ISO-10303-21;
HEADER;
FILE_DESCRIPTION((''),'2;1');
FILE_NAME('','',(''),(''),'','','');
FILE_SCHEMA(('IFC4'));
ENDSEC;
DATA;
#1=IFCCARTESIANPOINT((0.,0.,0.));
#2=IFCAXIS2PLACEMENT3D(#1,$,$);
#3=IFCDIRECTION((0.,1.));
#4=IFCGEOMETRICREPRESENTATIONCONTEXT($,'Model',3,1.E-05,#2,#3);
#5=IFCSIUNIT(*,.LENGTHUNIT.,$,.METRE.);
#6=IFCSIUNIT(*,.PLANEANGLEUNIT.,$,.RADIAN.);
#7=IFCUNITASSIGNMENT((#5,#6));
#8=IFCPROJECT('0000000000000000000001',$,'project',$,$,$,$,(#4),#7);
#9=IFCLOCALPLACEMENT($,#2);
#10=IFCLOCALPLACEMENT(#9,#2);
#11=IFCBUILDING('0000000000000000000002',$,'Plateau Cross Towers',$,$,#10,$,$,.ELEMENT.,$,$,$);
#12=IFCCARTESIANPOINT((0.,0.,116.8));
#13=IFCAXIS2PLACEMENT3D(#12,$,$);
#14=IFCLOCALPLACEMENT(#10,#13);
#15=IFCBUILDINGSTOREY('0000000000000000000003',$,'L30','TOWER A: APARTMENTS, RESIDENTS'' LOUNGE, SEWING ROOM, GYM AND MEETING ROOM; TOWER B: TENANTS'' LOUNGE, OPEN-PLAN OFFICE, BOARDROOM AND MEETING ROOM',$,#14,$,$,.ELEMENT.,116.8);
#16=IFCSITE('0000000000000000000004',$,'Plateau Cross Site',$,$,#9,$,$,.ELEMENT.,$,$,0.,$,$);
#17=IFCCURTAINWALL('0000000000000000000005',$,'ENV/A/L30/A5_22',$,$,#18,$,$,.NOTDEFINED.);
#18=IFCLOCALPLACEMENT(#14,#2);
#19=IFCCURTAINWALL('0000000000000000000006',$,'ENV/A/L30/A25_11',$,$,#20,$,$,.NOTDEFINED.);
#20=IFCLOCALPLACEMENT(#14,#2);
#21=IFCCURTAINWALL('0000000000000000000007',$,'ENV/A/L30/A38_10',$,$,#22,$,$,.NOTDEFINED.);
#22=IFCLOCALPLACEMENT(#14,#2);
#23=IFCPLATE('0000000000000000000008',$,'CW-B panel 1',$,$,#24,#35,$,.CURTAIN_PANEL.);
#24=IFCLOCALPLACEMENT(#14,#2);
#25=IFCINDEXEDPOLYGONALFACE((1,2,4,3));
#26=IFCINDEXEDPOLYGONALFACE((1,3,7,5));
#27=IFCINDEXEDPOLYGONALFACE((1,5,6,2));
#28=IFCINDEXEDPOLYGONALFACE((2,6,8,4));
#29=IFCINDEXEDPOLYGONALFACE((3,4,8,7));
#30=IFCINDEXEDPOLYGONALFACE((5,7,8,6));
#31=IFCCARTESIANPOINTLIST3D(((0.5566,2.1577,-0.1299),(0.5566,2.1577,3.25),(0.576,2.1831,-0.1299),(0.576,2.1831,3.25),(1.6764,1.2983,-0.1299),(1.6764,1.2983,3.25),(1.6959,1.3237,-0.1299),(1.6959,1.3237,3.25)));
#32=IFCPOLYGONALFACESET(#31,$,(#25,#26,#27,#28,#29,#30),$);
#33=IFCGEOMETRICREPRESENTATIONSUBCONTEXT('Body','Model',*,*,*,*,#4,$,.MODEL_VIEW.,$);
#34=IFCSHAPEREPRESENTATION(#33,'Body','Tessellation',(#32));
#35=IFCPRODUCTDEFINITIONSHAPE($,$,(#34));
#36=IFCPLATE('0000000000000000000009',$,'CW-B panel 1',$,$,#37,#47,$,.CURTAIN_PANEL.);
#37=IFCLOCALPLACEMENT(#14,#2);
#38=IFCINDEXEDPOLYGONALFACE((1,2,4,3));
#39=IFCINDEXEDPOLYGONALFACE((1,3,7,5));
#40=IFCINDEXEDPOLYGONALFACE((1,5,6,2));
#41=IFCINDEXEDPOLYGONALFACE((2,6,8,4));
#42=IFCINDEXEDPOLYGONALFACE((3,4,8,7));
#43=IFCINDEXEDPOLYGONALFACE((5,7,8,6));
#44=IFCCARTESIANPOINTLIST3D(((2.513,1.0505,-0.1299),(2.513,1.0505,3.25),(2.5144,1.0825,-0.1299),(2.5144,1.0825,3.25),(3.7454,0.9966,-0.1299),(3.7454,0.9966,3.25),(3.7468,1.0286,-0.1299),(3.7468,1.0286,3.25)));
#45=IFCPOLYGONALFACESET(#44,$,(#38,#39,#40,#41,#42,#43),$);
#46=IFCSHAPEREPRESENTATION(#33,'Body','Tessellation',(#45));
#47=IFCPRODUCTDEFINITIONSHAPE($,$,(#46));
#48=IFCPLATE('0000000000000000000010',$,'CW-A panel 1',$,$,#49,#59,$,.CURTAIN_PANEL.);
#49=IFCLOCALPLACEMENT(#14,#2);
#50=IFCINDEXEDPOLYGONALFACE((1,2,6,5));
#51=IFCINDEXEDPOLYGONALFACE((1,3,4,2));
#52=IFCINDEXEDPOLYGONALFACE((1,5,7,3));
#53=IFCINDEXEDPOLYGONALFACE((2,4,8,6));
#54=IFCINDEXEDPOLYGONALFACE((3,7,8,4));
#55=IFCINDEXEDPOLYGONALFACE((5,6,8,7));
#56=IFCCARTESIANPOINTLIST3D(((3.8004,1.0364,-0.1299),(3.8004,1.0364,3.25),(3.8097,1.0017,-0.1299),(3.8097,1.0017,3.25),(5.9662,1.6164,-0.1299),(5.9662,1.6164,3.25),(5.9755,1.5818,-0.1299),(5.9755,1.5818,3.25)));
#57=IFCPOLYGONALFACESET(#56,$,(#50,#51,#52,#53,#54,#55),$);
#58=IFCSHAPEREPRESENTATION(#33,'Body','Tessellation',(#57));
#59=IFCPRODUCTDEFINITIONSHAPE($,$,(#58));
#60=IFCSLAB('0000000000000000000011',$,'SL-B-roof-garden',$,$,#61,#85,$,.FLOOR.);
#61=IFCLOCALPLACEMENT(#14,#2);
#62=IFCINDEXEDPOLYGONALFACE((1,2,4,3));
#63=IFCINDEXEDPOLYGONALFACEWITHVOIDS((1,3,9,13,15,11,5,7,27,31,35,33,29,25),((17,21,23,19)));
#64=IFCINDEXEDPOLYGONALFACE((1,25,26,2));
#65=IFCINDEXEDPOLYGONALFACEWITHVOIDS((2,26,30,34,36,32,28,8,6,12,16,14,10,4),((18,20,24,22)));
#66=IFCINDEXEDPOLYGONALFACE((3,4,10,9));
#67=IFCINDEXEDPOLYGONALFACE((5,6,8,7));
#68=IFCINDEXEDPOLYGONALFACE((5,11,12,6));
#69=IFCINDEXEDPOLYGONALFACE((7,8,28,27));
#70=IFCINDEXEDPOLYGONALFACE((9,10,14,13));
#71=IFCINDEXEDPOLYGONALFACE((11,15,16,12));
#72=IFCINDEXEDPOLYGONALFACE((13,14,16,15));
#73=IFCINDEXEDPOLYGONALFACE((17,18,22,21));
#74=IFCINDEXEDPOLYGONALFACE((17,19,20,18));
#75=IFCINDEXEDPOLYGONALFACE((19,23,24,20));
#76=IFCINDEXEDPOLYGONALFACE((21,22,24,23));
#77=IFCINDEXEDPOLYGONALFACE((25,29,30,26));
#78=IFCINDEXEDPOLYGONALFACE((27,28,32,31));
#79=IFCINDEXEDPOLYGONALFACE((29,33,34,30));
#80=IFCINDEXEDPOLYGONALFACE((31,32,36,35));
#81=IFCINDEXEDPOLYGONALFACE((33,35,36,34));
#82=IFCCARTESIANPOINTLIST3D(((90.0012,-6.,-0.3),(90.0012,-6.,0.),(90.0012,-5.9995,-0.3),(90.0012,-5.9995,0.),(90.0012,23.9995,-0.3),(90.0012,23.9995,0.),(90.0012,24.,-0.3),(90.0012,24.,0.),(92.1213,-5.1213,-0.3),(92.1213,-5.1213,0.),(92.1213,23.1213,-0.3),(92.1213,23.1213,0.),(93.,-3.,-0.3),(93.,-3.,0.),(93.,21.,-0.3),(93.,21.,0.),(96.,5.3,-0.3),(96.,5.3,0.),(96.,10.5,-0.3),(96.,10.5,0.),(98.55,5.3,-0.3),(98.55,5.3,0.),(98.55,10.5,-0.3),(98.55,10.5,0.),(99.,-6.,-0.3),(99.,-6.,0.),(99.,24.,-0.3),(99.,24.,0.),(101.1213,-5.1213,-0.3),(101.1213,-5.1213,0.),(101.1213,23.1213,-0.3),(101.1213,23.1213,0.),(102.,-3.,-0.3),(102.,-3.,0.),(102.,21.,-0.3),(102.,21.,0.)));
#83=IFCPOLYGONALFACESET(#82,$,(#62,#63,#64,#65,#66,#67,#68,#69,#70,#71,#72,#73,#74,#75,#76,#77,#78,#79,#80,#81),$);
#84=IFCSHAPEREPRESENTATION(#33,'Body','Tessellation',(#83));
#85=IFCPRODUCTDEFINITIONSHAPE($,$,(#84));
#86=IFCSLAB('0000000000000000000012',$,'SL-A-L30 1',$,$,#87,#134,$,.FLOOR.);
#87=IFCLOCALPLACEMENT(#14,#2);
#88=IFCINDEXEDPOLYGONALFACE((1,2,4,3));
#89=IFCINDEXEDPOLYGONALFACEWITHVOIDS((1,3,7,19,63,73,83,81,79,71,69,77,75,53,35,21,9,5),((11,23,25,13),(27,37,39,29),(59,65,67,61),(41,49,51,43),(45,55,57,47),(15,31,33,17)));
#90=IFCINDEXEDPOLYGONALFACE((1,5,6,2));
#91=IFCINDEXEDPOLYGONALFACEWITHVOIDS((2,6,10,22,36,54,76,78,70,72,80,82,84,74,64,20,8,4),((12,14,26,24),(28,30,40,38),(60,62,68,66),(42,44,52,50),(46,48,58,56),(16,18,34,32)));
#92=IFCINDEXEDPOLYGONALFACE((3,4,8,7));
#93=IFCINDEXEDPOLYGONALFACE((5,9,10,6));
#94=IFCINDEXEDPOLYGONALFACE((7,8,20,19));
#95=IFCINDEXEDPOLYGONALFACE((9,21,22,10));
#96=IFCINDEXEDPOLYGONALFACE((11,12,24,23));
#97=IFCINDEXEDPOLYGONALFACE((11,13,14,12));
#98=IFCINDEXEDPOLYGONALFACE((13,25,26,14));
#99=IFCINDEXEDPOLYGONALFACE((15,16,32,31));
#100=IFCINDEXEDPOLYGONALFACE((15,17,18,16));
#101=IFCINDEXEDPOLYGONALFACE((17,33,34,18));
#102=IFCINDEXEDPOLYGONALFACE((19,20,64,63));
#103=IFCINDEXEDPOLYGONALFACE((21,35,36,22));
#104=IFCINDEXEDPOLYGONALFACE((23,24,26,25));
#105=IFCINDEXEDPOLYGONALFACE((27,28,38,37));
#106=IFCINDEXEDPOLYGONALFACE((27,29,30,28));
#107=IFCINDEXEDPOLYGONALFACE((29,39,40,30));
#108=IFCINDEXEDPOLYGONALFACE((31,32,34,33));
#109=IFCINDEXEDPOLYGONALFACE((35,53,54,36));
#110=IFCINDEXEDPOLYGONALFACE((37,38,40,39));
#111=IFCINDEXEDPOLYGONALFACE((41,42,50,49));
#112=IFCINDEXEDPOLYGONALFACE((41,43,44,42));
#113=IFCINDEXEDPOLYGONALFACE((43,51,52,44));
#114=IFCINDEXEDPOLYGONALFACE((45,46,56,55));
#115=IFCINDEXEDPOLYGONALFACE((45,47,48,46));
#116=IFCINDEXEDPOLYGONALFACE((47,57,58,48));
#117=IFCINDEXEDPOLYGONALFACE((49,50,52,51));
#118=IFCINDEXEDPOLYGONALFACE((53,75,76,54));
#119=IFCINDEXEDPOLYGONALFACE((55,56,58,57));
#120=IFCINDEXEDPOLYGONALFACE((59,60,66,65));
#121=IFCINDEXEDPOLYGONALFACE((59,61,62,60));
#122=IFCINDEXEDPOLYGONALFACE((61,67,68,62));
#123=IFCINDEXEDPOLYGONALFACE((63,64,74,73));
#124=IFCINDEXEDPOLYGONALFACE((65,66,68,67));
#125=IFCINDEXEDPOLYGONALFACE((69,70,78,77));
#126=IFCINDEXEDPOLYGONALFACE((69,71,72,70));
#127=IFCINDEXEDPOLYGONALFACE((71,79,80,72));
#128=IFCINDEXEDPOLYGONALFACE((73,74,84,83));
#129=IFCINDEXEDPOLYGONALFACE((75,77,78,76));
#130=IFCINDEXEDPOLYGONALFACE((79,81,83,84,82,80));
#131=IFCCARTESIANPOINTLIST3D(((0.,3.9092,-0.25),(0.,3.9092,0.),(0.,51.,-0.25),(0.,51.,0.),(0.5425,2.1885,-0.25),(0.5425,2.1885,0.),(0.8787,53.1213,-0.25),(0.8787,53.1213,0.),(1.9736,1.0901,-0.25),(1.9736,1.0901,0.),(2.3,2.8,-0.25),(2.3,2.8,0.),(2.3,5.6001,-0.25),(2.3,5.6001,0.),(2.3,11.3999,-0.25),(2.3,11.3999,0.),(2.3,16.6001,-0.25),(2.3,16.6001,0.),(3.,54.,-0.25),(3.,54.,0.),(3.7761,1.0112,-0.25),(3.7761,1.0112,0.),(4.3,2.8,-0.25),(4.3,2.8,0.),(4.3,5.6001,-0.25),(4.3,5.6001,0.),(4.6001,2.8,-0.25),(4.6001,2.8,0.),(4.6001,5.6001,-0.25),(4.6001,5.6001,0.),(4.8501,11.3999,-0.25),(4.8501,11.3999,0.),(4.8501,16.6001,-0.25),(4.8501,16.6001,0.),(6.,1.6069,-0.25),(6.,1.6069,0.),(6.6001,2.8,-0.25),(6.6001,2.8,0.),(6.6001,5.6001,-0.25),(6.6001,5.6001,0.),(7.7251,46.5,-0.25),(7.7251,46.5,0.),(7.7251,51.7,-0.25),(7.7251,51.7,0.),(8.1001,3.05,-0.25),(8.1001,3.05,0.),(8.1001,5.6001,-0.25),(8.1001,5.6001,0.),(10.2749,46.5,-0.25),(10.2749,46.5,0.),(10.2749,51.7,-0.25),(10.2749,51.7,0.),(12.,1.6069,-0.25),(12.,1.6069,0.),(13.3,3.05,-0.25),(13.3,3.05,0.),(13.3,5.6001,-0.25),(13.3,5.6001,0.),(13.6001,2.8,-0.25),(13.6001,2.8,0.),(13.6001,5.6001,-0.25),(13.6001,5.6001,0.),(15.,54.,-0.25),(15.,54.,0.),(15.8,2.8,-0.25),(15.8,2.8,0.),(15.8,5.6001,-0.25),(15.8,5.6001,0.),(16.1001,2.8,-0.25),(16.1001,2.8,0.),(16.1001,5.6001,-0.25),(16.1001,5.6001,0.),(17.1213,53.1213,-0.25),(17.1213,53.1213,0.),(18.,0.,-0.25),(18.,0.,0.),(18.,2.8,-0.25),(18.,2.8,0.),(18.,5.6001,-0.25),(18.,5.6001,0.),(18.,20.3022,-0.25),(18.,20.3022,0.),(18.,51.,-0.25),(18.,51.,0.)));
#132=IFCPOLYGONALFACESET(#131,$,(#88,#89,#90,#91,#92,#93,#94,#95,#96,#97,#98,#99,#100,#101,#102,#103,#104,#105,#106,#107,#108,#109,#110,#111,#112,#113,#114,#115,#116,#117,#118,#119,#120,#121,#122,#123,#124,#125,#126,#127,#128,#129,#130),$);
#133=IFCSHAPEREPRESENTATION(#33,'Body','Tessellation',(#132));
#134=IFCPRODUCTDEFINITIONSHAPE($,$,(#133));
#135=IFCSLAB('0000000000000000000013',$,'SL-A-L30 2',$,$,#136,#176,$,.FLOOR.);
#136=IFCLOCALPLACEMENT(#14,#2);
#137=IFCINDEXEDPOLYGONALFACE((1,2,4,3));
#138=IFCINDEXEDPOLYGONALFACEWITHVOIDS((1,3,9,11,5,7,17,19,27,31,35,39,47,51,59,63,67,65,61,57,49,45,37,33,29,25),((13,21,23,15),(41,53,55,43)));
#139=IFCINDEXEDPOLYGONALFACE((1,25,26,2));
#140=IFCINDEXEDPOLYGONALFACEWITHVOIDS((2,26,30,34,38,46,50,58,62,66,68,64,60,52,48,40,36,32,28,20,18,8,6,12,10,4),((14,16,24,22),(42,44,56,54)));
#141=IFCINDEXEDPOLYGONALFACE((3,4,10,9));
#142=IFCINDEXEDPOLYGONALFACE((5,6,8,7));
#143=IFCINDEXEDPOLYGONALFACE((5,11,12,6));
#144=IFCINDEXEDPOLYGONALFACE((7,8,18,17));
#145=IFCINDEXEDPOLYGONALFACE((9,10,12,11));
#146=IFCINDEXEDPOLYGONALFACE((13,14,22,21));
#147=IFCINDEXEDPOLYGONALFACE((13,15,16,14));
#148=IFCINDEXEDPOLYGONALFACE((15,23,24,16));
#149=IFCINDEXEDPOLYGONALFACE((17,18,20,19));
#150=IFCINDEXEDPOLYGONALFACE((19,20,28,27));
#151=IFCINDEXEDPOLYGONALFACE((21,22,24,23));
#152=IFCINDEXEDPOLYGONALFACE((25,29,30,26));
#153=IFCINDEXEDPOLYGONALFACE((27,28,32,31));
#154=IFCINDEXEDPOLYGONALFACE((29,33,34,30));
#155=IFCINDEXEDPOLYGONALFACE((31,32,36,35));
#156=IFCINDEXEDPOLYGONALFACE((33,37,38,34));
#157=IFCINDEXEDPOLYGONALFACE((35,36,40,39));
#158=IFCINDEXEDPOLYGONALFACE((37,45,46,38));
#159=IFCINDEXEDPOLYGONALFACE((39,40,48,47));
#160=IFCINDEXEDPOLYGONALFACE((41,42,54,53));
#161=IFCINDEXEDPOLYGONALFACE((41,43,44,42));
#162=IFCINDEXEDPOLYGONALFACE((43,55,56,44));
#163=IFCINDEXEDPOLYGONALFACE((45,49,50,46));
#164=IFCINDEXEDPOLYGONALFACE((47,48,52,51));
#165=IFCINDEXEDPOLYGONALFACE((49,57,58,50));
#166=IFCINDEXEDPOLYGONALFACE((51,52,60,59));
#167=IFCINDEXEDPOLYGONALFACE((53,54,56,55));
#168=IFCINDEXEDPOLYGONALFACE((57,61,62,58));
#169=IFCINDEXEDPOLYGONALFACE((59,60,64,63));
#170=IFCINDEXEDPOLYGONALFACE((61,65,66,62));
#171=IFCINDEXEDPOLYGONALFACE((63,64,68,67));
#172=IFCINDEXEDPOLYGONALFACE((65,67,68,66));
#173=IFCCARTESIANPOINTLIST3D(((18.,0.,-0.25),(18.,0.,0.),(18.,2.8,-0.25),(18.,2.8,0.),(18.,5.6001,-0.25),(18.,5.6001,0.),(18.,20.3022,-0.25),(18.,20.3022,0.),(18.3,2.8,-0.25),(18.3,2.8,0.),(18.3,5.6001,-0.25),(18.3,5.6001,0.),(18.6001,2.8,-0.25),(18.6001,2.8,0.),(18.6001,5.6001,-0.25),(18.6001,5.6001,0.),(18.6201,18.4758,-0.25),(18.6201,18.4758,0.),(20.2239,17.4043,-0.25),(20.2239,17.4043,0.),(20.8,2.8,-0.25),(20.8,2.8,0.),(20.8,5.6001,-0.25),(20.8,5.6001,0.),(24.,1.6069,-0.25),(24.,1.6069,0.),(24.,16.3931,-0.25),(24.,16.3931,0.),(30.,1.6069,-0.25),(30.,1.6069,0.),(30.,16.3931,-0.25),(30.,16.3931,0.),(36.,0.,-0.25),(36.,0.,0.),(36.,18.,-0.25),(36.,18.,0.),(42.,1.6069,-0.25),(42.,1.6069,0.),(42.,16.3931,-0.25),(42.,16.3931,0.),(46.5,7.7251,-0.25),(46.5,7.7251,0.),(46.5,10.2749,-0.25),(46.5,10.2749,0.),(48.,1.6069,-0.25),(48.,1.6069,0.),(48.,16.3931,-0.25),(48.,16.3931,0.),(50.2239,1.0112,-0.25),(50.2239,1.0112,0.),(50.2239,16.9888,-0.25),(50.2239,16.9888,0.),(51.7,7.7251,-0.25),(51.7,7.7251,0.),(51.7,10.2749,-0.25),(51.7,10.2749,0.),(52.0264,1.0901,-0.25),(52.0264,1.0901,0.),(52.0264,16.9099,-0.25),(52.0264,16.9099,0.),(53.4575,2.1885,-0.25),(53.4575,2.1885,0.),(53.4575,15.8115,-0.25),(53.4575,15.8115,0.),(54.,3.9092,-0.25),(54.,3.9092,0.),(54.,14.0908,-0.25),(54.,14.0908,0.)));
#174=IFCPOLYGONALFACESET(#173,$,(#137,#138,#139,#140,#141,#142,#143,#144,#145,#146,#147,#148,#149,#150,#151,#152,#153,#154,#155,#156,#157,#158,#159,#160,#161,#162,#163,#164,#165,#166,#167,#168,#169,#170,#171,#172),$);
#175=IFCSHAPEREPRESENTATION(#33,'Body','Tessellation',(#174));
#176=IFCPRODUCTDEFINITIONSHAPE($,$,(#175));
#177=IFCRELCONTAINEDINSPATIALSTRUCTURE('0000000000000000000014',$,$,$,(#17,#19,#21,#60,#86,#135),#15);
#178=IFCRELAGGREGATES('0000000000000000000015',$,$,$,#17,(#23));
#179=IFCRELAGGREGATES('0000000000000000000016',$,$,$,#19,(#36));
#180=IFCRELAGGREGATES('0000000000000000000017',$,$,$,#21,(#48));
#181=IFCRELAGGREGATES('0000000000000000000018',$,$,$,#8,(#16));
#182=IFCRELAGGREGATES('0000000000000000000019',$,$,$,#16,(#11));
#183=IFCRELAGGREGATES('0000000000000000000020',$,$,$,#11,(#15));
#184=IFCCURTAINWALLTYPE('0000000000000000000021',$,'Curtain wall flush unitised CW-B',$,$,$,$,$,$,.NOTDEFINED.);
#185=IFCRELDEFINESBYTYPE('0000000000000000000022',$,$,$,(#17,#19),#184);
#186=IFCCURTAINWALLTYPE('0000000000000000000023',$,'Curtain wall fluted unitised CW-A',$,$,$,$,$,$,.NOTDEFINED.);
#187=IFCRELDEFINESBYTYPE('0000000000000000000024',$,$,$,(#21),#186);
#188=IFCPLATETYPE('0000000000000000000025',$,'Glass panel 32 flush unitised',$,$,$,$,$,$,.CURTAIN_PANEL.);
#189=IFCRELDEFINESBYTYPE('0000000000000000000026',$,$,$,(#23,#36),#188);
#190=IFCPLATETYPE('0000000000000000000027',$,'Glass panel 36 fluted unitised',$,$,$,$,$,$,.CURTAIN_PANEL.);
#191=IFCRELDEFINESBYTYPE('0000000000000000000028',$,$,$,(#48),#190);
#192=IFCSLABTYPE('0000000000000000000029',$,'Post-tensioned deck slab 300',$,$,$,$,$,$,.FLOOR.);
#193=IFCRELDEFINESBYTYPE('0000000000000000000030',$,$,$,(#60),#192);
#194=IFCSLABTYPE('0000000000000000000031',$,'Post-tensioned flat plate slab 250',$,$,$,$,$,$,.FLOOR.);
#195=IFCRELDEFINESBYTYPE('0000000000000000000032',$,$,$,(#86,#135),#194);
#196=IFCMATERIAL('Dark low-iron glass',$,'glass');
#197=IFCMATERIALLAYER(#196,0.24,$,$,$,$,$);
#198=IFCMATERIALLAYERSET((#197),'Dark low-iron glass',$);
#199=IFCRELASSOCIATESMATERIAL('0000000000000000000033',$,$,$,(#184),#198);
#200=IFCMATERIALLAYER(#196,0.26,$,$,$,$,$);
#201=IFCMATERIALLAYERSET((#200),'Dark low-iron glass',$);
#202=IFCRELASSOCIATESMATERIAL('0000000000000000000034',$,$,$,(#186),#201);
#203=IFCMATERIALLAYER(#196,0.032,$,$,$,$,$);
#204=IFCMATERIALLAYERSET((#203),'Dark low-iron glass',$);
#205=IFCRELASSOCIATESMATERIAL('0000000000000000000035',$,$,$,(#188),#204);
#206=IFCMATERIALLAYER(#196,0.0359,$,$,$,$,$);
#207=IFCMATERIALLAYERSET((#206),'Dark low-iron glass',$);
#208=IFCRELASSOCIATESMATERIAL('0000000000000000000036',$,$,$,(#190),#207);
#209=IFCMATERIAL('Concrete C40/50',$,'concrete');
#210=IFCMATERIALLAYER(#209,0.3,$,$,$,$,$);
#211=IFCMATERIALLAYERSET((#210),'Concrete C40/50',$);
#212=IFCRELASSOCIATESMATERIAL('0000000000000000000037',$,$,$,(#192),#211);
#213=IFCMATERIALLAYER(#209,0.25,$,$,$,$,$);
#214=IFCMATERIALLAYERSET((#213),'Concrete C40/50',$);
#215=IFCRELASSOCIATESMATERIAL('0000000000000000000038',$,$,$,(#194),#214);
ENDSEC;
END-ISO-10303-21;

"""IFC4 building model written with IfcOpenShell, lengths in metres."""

from ifc_helpers import new_model, si_unit, direction, frame, origin, origin_2d, place, context, subcontext, project, spatial, polyline, rectangle, outline, extrude, material, layer, layer_set, type_object, element, aggregate, save


model = new_model("IFC4")

# Units and contexts
model_context = context("Model", 3, precision=1e-05, world=origin(), true_north=direction((0.0, 1.0)))
body_context = subcontext(model_context, "Body", "Model", "MODEL_VIEW")
ifc_project = project(units=[si_unit("LENGTHUNIT", "METRE"), si_unit("PLANEANGLEUNIT", "RADIAN")], contexts=[model_context])

# Site, building, storey
site_placement = place(None, origin())
site = spatial("IfcSite", under=ifc_project, at=site_placement, Name="Plateau Cross Site", CompositionType="ELEMENT", RefElevation=0.0)
building_placement = place(site_placement, origin())
building = spatial("IfcBuilding", under=site, at=building_placement, Name="Plateau Cross Towers", CompositionType="ELEMENT")
storey_placement = place(building_placement, frame((0.0, 0.0, 116.8)))
storey = spatial("IfcBuildingStorey", under=building, at=storey_placement, Name="L30", Description="TOWER A: APARTMENTS, RESIDENTS' LOUNGE, SEWING ROOM, GYM AND MEETING ROOM; TOWER B: TENANTS' LOUNGE, OPEN-PLAN OFFICE, BOARDROOM AND MEETING ROOM", CompositionType="ELEMENT", Elevation=116.8)

# Curtain wall
ifc_material_1 = material(Name="Dark low-iron glass", Category="glass")
ifc_layer_1 = layer(ifc_material_1, 0.24)
ifc_layer_set_1 = layer_set([ifc_layer_1], Name="Dark low-iron glass")
curtain_wall_type_1 = type_object("IfcCurtainWallType", Name="Curtain wall flush unitised CW-B", PredefinedType="NOTDEFINED", material=ifc_layer_set_1)
curtain_wall_1_placement = place(storey_placement, origin())
curtain_wall_1 = element("IfcCurtainWall", 1, at=curtain_wall_1_placement, inside=storey, type_object=curtain_wall_type_1, Name="ENV/A/L30/A5_22", PredefinedType="NOTDEFINED")

# Curtain walls
curtain_wall_2_placement = place(storey_placement, origin())
curtain_wall_2 = element("IfcCurtainWall", 2, at=curtain_wall_2_placement, inside=storey, type_object=curtain_wall_type_1, Name="ENV/A/L30/A25_11", PredefinedType="NOTDEFINED")
ifc_layer_2 = layer(ifc_material_1, 0.26)
ifc_layer_set_2 = layer_set([ifc_layer_2], Name="Dark low-iron glass")
curtain_wall_type_2 = type_object("IfcCurtainWallType", Name="Curtain wall fluted unitised CW-A", PredefinedType="NOTDEFINED", material=ifc_layer_set_2)
curtain_wall_3_placement = place(storey_placement, origin())
curtain_wall_3 = element("IfcCurtainWall", 3, at=curtain_wall_3_placement, inside=storey, type_object=curtain_wall_type_2, Name="ENV/A/L30/A38_10", PredefinedType="NOTDEFINED")

# Shared definitions
ifc_material_2 = material(Name="Concrete C40/50", Category="concrete")

# Plates
ifc_layer_3 = layer(ifc_material_1, 0.032)
ifc_layer_set_3 = layer_set([ifc_layer_3], Name="Dark low-iron glass")
plate_type_1 = type_object("IfcPlateType", Name="Glass panel 32 flush unitised", PredefinedType="CURTAIN_PANEL", material=ifc_layer_set_3)
plate_1_placement = place(storey_placement, frame((1.1262, 1.7407, -0.1299), z_axis=(0.0, 0.0, 1.0), x_axis=(0.793316, -0.608811, 0.0)))
plate_1 = element("IfcPlate", 4, at=plate_1_placement, type_object=plate_type_1, Name="CW-B panel 1", PredefinedType="CURTAIN_PANEL", context=body_context, shape_type="SweptSolid", body=[
    extrude(rectangle(XDim=1.4116, YDim=0.032, at=origin_2d()), origin(), (0.0, 0.0, 1.0), 3.3799),
])
aggregate(curtain_wall_1, [plate_1])
plate_2_placement = place(storey_placement, frame((3.1299, 1.0396, -0.1299), z_axis=(0.0, 0.0, 1.0), x_axis=(0.999044, -0.043723, 0.0)))
plate_2 = element("IfcPlate", 5, at=plate_2_placement, type_object=plate_type_1, Name="CW-B panel 1", PredefinedType="CURTAIN_PANEL", context=body_context, shape_type="SweptSolid", body=[
    extrude(rectangle(XDim=1.2336, YDim=0.032, at=origin_2d()), origin(), (0.0, 0.0, 1.0), 3.3799),
])
aggregate(curtain_wall_2, [plate_2])
ifc_layer_4 = layer(ifc_material_1, 0.0359)
ifc_layer_set_4 = layer_set([ifc_layer_4], Name="Dark low-iron glass")
plate_type_2 = type_object("IfcPlateType", Name="Glass panel 36 fluted unitised", PredefinedType="CURTAIN_PANEL", material=ifc_layer_set_4)
plate_3_placement = place(storey_placement, frame((4.8879, 1.3091, -0.1299), z_axis=(0.0, 0.0, 1.0), x_axis=(0.965958, 0.258699, 0.0)))
plate_3 = element("IfcPlate", 6, at=plate_3_placement, type_object=plate_type_2, Name="CW-A panel 1", PredefinedType="CURTAIN_PANEL", context=body_context, shape_type="SweptSolid", body=[
    extrude(rectangle(XDim=2.2422, YDim=0.0359, at=origin_2d()), origin(), (0.0, 0.0, 1.0), 3.3799),
])
aggregate(curtain_wall_3, [plate_3])

# Slabs
ifc_layer_5 = layer(ifc_material_2, 0.3)
ifc_layer_set_5 = layer_set([ifc_layer_5], Name="Concrete C40/50")
slab_type_1 = type_object("IfcSlabType", Name="Post-tensioned deck slab 300", PredefinedType="FLOOR", material=ifc_layer_set_5)
slab_1_placement = place(storey_placement, frame((0.0, 0.0, -0.3)))
element("IfcSlab", 7, at=slab_1_placement, inside=storey, type_object=slab_type_1, Name="SL-B-roof-garden", PredefinedType="FLOOR", context=body_context, shape_type="SweptSolid", body=[
    extrude(outline(polyline([(102.0, 21.0), (102.0, -3.0), (101.1213, -5.1213), (99.0, -6.0), (90.0012, -6.0), (90.0012, -5.9995), (92.1213, -5.1213), (93.0, -3.0), (93.0, 21.0), (92.1213, 23.1213), (90.0012, 23.9995), (90.0012, 24.0), (99.0, 24.0), (101.1213, 23.1213), (102.0, 21.0)]), holes=[polyline([(96.0, 5.3), (98.55, 5.3), (98.55, 10.5), (96.0, 10.5), (96.0, 5.3)])]), origin(), (0.0, 0.0, 1.0), 0.3),
])
ifc_layer_6 = layer(ifc_material_2, 0.25)
ifc_layer_set_6 = layer_set([ifc_layer_6], Name="Concrete C40/50")
slab_type_2 = type_object("IfcSlabType", Name="Post-tensioned flat plate slab 250", PredefinedType="FLOOR", material=ifc_layer_set_6)
slab_2_placement = place(storey_placement, frame((0.0, 0.0, -0.25)))
element("IfcSlab", 8, at=slab_2_placement, inside=storey, type_object=slab_type_2, Name="SL-A-L30 1", PredefinedType="FLOOR", context=body_context, shape_type="SweptSolid", body=[
    extrude(outline(polyline([(0.5425, 2.1885), (0.0, 3.9092), (0.0, 51.0), (0.8787, 53.1213), (3.0, 54.0), (15.0, 54.0), (17.1213, 53.1213), (18.0, 51.0), (18.0, 20.3022), (18.0, 5.6001), (16.1001, 5.6001), (16.1001, 2.8), (18.0, 2.8), (18.0, 0.0), (12.0, 1.6069), (6.0, 1.6069), (3.7761, 1.0112), (1.9736, 1.0901), (0.5425, 2.1885)]), holes=[polyline([(4.3, 5.6001), (2.3, 5.6001), (2.3, 2.8), (4.3, 2.8), (4.3, 5.6001)]), polyline([(6.6001, 5.6001), (4.6001, 5.6001), (4.6001, 2.8), (6.6001, 2.8), (6.6001, 5.6001)]), polyline([(15.8, 5.6001), (13.6001, 5.6001), (13.6001, 2.8), (15.8, 2.8), (15.8, 5.6001)]), polyline([(13.3, 5.6001), (8.1001, 5.6001), (8.1001, 3.05), (13.3, 3.05), (13.3, 5.6001)]), polyline([(4.8501, 16.6001), (2.3, 16.6001), (2.3, 11.3999), (4.8501, 11.3999), (4.8501, 16.6001)]), polyline([(7.7251, 51.7), (7.7251, 46.5), (10.2749, 46.5), (10.2749, 51.7), (7.7251, 51.7)])]), origin(), (0.0, 0.0, 1.0), 0.25),
])
slab_3_placement = place(storey_placement, frame((0.0, 0.0, -0.25)))
element("IfcSlab", 9, at=slab_3_placement, inside=storey, type_object=slab_type_2, Name="SL-A-L30 2", PredefinedType="FLOOR", context=body_context, shape_type="SweptSolid", body=[
    extrude(outline(polyline([(18.6201, 18.4758), (20.2239, 17.4043), (24.0, 16.3931), (30.0, 16.3931), (36.0, 18.0), (42.0, 16.3931), (48.0, 16.3931), (50.2239, 16.9888), (52.0264, 16.9099), (53.4575, 15.8115), (54.0, 14.0908), (54.0, 3.9092), (53.4575, 2.1885), (52.0264, 1.0901), (50.2239, 1.0112), (48.0, 1.6069), (42.0, 1.6069), (36.0, 0.0), (30.0, 1.6069), (24.0, 1.6069), (18.0, 0.0), (18.0, 2.8), (18.3, 2.8), (18.3, 5.6001), (18.0, 5.6001), (18.0, 20.3022), (18.6201, 18.4758)]), holes=[polyline([(20.8, 5.6001), (18.6001, 5.6001), (18.6001, 2.8), (20.8, 2.8), (20.8, 5.6001)]), polyline([(51.7, 7.7251), (51.7, 10.2749), (46.5, 10.2749), (46.5, 7.7251), (51.7, 7.7251)])]), origin(), (0.0, 0.0, 1.0), 0.25),
])

save(model, "model.ifc")
